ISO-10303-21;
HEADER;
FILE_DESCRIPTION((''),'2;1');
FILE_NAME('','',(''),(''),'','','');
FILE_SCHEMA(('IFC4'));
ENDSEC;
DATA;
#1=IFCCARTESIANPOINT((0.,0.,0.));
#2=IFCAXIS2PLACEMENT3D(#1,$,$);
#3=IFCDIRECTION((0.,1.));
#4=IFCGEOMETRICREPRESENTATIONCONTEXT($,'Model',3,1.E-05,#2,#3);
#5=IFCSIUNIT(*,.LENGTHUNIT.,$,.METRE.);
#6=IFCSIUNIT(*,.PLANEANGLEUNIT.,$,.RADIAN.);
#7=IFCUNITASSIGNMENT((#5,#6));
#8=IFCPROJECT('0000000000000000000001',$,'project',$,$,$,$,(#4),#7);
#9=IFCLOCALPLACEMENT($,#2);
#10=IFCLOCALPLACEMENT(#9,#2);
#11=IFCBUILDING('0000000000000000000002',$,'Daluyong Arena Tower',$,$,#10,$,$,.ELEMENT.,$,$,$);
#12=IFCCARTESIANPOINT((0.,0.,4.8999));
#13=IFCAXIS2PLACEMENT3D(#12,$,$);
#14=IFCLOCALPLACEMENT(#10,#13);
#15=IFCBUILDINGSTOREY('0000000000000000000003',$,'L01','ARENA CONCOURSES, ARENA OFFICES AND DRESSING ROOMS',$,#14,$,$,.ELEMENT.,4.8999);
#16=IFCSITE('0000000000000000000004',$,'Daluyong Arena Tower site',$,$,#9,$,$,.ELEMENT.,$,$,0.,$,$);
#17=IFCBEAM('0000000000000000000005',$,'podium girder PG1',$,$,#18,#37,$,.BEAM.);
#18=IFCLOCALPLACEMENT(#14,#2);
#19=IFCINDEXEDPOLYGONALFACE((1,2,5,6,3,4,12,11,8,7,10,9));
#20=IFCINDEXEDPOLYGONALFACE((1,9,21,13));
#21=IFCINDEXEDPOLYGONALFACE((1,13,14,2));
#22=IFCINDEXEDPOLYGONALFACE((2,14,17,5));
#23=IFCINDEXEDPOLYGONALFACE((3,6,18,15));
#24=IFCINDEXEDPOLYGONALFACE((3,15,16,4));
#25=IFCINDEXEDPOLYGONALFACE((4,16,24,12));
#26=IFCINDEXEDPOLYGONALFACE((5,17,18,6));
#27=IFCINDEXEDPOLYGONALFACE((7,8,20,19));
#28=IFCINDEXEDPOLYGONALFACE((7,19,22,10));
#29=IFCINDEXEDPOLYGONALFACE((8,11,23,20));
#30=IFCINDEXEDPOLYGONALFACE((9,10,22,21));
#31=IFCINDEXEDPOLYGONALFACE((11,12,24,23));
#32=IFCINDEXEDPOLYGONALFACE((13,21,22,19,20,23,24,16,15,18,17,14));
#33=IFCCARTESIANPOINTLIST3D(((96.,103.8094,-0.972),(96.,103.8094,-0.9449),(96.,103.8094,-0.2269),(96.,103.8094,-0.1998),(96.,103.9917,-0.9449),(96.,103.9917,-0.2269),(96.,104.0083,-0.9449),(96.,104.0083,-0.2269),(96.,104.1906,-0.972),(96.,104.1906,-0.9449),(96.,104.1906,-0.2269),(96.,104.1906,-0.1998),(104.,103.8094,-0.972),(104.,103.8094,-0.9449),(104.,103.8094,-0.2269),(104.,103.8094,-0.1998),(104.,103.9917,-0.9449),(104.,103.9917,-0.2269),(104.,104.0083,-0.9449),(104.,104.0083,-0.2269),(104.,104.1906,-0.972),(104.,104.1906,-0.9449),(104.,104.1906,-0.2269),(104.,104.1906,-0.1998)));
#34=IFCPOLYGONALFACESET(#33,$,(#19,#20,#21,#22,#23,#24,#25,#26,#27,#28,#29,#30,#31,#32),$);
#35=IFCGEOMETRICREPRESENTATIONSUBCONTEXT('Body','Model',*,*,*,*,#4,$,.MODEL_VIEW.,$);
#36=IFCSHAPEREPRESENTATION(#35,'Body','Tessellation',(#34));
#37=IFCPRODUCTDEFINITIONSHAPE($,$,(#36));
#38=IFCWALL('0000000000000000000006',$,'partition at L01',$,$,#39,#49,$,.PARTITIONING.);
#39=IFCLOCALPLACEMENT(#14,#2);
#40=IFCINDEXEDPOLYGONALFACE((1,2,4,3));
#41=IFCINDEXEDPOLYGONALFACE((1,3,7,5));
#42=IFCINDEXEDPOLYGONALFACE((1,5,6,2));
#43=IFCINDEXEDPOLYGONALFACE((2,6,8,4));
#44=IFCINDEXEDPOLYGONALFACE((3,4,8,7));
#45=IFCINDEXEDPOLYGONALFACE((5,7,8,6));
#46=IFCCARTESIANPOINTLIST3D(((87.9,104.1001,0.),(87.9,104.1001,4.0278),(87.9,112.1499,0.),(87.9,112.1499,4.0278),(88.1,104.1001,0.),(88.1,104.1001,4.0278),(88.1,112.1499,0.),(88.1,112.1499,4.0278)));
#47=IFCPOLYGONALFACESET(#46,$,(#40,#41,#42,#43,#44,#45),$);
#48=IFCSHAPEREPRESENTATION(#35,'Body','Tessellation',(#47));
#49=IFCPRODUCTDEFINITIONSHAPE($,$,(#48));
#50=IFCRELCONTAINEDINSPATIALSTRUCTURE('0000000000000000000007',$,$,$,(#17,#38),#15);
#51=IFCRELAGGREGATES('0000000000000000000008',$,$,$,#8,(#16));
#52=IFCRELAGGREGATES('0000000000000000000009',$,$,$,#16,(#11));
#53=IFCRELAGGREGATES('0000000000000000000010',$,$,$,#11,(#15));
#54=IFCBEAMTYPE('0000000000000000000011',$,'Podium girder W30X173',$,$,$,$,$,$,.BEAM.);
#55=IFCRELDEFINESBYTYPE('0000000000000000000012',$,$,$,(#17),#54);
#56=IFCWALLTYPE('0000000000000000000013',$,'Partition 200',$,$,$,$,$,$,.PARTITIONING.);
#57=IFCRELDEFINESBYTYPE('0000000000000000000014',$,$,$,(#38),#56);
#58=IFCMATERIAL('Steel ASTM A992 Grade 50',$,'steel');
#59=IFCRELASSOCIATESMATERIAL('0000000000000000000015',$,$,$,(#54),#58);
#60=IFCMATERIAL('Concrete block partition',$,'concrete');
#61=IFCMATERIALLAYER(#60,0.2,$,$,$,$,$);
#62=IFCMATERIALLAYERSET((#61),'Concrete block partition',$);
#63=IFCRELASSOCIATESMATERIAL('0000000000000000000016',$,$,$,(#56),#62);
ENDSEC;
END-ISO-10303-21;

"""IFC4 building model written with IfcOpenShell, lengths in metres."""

from ifc_helpers import new_model, si_unit, direction, frame, frame_2d, origin, origin_2d, place, context, subcontext, project, spatial, rectangle, i_section, extrude, material, layer, layer_set, material_profile, profile_set, type_object, element, save


model = new_model("IFC4")

# Units and contexts
model_context = context("Model", 3, precision=1e-05, world=origin(), true_north=direction((0.0, 1.0)))
body_context = subcontext(model_context, "Body", "Model", "MODEL_VIEW")
ifc_project = project(units=[si_unit("LENGTHUNIT", "METRE"), si_unit("PLANEANGLEUNIT", "RADIAN")], contexts=[model_context])

# Site, building, storey
site_placement = place(None, origin())
site = spatial("IfcSite", under=ifc_project, at=site_placement, Name="Daluyong Arena Tower site", CompositionType="ELEMENT", RefElevation=0.0)
building_placement = place(site_placement, origin())
building = spatial("IfcBuilding", under=site, at=building_placement, Name="Daluyong Arena Tower", CompositionType="ELEMENT")
storey_placement = place(building_placement, frame((0.0, 0.0, 4.8999)))
storey = spatial("IfcBuildingStorey", under=building, at=storey_placement, Name="L01", Description="ARENA CONCOURSES, ARENA OFFICES AND DRESSING ROOMS", CompositionType="ELEMENT", Elevation=4.8999)

# Beam
ifc_material_1 = material(Name="Steel ASTM A992 Grade 50", Category="steel")
ifc_material_profile_1 = material_profile(ifc_material_1, i_section(OverallWidth=0.3811, OverallDepth=0.7722, WebThickness=0.0166, FlangeThickness=0.0271, at=origin_2d()))
ifc_profile_set_1 = profile_set([ifc_material_profile_1], Name="Steel ASTM A992 Grade 50")
beam_type_1 = type_object("IfcBeamType", Name="Podium girder W30X173", PredefinedType="BEAM", material=ifc_profile_set_1)
for number, where, z_axis, x_axis, name in (
    (1, (96.0, 104.0, -0.5859), (1.0, 0.0, 0.0), (0.0, 1.0, 0.0), "podium girder PG1"),
):
    element("IfcBeam", number, at=place(storey_placement, frame(where, z_axis=z_axis, x_axis=x_axis)), inside=storey, type_object=beam_type_1, Name=name, PredefinedType="BEAM", context=body_context, shape_type="SweptSolid", body=[
        extrude(i_section(OverallWidth=0.3811, OverallDepth=0.7722, WebThickness=0.0166, FlangeThickness=0.0271, at=origin_2d()), origin(), (0.0, 0.0, 1.0), 8.0),
    ])

# Wall
ifc_material_2 = material(Name="Concrete block partition", Category="concrete")
ifc_layer = layer(ifc_material_2, 0.2)
ifc_layer_set = layer_set([ifc_layer], Name="Concrete block partition")
wall_type = type_object("IfcWallType", Name="Partition 200", PredefinedType="PARTITIONING", material=ifc_layer_set)
wall_placement = place(storey_placement, frame((88.0, 104.1001, 0.0), z_axis=(0.0, 0.0, 1.0), x_axis=(0.0, 1.0, 0.0)))
element("IfcWall", 2, at=wall_placement, inside=storey, type_object=wall_type, Name="partition at L01", PredefinedType="PARTITIONING", context=body_context, shape_type="SweptSolid", body=[
    extrude(rectangle(XDim=8.0498, YDim=0.2, at=frame_2d((4.0249, 0.0))), origin(), (0.0, 0.0, 1.0), 4.0278),
])

save(model, "model.ifc")
